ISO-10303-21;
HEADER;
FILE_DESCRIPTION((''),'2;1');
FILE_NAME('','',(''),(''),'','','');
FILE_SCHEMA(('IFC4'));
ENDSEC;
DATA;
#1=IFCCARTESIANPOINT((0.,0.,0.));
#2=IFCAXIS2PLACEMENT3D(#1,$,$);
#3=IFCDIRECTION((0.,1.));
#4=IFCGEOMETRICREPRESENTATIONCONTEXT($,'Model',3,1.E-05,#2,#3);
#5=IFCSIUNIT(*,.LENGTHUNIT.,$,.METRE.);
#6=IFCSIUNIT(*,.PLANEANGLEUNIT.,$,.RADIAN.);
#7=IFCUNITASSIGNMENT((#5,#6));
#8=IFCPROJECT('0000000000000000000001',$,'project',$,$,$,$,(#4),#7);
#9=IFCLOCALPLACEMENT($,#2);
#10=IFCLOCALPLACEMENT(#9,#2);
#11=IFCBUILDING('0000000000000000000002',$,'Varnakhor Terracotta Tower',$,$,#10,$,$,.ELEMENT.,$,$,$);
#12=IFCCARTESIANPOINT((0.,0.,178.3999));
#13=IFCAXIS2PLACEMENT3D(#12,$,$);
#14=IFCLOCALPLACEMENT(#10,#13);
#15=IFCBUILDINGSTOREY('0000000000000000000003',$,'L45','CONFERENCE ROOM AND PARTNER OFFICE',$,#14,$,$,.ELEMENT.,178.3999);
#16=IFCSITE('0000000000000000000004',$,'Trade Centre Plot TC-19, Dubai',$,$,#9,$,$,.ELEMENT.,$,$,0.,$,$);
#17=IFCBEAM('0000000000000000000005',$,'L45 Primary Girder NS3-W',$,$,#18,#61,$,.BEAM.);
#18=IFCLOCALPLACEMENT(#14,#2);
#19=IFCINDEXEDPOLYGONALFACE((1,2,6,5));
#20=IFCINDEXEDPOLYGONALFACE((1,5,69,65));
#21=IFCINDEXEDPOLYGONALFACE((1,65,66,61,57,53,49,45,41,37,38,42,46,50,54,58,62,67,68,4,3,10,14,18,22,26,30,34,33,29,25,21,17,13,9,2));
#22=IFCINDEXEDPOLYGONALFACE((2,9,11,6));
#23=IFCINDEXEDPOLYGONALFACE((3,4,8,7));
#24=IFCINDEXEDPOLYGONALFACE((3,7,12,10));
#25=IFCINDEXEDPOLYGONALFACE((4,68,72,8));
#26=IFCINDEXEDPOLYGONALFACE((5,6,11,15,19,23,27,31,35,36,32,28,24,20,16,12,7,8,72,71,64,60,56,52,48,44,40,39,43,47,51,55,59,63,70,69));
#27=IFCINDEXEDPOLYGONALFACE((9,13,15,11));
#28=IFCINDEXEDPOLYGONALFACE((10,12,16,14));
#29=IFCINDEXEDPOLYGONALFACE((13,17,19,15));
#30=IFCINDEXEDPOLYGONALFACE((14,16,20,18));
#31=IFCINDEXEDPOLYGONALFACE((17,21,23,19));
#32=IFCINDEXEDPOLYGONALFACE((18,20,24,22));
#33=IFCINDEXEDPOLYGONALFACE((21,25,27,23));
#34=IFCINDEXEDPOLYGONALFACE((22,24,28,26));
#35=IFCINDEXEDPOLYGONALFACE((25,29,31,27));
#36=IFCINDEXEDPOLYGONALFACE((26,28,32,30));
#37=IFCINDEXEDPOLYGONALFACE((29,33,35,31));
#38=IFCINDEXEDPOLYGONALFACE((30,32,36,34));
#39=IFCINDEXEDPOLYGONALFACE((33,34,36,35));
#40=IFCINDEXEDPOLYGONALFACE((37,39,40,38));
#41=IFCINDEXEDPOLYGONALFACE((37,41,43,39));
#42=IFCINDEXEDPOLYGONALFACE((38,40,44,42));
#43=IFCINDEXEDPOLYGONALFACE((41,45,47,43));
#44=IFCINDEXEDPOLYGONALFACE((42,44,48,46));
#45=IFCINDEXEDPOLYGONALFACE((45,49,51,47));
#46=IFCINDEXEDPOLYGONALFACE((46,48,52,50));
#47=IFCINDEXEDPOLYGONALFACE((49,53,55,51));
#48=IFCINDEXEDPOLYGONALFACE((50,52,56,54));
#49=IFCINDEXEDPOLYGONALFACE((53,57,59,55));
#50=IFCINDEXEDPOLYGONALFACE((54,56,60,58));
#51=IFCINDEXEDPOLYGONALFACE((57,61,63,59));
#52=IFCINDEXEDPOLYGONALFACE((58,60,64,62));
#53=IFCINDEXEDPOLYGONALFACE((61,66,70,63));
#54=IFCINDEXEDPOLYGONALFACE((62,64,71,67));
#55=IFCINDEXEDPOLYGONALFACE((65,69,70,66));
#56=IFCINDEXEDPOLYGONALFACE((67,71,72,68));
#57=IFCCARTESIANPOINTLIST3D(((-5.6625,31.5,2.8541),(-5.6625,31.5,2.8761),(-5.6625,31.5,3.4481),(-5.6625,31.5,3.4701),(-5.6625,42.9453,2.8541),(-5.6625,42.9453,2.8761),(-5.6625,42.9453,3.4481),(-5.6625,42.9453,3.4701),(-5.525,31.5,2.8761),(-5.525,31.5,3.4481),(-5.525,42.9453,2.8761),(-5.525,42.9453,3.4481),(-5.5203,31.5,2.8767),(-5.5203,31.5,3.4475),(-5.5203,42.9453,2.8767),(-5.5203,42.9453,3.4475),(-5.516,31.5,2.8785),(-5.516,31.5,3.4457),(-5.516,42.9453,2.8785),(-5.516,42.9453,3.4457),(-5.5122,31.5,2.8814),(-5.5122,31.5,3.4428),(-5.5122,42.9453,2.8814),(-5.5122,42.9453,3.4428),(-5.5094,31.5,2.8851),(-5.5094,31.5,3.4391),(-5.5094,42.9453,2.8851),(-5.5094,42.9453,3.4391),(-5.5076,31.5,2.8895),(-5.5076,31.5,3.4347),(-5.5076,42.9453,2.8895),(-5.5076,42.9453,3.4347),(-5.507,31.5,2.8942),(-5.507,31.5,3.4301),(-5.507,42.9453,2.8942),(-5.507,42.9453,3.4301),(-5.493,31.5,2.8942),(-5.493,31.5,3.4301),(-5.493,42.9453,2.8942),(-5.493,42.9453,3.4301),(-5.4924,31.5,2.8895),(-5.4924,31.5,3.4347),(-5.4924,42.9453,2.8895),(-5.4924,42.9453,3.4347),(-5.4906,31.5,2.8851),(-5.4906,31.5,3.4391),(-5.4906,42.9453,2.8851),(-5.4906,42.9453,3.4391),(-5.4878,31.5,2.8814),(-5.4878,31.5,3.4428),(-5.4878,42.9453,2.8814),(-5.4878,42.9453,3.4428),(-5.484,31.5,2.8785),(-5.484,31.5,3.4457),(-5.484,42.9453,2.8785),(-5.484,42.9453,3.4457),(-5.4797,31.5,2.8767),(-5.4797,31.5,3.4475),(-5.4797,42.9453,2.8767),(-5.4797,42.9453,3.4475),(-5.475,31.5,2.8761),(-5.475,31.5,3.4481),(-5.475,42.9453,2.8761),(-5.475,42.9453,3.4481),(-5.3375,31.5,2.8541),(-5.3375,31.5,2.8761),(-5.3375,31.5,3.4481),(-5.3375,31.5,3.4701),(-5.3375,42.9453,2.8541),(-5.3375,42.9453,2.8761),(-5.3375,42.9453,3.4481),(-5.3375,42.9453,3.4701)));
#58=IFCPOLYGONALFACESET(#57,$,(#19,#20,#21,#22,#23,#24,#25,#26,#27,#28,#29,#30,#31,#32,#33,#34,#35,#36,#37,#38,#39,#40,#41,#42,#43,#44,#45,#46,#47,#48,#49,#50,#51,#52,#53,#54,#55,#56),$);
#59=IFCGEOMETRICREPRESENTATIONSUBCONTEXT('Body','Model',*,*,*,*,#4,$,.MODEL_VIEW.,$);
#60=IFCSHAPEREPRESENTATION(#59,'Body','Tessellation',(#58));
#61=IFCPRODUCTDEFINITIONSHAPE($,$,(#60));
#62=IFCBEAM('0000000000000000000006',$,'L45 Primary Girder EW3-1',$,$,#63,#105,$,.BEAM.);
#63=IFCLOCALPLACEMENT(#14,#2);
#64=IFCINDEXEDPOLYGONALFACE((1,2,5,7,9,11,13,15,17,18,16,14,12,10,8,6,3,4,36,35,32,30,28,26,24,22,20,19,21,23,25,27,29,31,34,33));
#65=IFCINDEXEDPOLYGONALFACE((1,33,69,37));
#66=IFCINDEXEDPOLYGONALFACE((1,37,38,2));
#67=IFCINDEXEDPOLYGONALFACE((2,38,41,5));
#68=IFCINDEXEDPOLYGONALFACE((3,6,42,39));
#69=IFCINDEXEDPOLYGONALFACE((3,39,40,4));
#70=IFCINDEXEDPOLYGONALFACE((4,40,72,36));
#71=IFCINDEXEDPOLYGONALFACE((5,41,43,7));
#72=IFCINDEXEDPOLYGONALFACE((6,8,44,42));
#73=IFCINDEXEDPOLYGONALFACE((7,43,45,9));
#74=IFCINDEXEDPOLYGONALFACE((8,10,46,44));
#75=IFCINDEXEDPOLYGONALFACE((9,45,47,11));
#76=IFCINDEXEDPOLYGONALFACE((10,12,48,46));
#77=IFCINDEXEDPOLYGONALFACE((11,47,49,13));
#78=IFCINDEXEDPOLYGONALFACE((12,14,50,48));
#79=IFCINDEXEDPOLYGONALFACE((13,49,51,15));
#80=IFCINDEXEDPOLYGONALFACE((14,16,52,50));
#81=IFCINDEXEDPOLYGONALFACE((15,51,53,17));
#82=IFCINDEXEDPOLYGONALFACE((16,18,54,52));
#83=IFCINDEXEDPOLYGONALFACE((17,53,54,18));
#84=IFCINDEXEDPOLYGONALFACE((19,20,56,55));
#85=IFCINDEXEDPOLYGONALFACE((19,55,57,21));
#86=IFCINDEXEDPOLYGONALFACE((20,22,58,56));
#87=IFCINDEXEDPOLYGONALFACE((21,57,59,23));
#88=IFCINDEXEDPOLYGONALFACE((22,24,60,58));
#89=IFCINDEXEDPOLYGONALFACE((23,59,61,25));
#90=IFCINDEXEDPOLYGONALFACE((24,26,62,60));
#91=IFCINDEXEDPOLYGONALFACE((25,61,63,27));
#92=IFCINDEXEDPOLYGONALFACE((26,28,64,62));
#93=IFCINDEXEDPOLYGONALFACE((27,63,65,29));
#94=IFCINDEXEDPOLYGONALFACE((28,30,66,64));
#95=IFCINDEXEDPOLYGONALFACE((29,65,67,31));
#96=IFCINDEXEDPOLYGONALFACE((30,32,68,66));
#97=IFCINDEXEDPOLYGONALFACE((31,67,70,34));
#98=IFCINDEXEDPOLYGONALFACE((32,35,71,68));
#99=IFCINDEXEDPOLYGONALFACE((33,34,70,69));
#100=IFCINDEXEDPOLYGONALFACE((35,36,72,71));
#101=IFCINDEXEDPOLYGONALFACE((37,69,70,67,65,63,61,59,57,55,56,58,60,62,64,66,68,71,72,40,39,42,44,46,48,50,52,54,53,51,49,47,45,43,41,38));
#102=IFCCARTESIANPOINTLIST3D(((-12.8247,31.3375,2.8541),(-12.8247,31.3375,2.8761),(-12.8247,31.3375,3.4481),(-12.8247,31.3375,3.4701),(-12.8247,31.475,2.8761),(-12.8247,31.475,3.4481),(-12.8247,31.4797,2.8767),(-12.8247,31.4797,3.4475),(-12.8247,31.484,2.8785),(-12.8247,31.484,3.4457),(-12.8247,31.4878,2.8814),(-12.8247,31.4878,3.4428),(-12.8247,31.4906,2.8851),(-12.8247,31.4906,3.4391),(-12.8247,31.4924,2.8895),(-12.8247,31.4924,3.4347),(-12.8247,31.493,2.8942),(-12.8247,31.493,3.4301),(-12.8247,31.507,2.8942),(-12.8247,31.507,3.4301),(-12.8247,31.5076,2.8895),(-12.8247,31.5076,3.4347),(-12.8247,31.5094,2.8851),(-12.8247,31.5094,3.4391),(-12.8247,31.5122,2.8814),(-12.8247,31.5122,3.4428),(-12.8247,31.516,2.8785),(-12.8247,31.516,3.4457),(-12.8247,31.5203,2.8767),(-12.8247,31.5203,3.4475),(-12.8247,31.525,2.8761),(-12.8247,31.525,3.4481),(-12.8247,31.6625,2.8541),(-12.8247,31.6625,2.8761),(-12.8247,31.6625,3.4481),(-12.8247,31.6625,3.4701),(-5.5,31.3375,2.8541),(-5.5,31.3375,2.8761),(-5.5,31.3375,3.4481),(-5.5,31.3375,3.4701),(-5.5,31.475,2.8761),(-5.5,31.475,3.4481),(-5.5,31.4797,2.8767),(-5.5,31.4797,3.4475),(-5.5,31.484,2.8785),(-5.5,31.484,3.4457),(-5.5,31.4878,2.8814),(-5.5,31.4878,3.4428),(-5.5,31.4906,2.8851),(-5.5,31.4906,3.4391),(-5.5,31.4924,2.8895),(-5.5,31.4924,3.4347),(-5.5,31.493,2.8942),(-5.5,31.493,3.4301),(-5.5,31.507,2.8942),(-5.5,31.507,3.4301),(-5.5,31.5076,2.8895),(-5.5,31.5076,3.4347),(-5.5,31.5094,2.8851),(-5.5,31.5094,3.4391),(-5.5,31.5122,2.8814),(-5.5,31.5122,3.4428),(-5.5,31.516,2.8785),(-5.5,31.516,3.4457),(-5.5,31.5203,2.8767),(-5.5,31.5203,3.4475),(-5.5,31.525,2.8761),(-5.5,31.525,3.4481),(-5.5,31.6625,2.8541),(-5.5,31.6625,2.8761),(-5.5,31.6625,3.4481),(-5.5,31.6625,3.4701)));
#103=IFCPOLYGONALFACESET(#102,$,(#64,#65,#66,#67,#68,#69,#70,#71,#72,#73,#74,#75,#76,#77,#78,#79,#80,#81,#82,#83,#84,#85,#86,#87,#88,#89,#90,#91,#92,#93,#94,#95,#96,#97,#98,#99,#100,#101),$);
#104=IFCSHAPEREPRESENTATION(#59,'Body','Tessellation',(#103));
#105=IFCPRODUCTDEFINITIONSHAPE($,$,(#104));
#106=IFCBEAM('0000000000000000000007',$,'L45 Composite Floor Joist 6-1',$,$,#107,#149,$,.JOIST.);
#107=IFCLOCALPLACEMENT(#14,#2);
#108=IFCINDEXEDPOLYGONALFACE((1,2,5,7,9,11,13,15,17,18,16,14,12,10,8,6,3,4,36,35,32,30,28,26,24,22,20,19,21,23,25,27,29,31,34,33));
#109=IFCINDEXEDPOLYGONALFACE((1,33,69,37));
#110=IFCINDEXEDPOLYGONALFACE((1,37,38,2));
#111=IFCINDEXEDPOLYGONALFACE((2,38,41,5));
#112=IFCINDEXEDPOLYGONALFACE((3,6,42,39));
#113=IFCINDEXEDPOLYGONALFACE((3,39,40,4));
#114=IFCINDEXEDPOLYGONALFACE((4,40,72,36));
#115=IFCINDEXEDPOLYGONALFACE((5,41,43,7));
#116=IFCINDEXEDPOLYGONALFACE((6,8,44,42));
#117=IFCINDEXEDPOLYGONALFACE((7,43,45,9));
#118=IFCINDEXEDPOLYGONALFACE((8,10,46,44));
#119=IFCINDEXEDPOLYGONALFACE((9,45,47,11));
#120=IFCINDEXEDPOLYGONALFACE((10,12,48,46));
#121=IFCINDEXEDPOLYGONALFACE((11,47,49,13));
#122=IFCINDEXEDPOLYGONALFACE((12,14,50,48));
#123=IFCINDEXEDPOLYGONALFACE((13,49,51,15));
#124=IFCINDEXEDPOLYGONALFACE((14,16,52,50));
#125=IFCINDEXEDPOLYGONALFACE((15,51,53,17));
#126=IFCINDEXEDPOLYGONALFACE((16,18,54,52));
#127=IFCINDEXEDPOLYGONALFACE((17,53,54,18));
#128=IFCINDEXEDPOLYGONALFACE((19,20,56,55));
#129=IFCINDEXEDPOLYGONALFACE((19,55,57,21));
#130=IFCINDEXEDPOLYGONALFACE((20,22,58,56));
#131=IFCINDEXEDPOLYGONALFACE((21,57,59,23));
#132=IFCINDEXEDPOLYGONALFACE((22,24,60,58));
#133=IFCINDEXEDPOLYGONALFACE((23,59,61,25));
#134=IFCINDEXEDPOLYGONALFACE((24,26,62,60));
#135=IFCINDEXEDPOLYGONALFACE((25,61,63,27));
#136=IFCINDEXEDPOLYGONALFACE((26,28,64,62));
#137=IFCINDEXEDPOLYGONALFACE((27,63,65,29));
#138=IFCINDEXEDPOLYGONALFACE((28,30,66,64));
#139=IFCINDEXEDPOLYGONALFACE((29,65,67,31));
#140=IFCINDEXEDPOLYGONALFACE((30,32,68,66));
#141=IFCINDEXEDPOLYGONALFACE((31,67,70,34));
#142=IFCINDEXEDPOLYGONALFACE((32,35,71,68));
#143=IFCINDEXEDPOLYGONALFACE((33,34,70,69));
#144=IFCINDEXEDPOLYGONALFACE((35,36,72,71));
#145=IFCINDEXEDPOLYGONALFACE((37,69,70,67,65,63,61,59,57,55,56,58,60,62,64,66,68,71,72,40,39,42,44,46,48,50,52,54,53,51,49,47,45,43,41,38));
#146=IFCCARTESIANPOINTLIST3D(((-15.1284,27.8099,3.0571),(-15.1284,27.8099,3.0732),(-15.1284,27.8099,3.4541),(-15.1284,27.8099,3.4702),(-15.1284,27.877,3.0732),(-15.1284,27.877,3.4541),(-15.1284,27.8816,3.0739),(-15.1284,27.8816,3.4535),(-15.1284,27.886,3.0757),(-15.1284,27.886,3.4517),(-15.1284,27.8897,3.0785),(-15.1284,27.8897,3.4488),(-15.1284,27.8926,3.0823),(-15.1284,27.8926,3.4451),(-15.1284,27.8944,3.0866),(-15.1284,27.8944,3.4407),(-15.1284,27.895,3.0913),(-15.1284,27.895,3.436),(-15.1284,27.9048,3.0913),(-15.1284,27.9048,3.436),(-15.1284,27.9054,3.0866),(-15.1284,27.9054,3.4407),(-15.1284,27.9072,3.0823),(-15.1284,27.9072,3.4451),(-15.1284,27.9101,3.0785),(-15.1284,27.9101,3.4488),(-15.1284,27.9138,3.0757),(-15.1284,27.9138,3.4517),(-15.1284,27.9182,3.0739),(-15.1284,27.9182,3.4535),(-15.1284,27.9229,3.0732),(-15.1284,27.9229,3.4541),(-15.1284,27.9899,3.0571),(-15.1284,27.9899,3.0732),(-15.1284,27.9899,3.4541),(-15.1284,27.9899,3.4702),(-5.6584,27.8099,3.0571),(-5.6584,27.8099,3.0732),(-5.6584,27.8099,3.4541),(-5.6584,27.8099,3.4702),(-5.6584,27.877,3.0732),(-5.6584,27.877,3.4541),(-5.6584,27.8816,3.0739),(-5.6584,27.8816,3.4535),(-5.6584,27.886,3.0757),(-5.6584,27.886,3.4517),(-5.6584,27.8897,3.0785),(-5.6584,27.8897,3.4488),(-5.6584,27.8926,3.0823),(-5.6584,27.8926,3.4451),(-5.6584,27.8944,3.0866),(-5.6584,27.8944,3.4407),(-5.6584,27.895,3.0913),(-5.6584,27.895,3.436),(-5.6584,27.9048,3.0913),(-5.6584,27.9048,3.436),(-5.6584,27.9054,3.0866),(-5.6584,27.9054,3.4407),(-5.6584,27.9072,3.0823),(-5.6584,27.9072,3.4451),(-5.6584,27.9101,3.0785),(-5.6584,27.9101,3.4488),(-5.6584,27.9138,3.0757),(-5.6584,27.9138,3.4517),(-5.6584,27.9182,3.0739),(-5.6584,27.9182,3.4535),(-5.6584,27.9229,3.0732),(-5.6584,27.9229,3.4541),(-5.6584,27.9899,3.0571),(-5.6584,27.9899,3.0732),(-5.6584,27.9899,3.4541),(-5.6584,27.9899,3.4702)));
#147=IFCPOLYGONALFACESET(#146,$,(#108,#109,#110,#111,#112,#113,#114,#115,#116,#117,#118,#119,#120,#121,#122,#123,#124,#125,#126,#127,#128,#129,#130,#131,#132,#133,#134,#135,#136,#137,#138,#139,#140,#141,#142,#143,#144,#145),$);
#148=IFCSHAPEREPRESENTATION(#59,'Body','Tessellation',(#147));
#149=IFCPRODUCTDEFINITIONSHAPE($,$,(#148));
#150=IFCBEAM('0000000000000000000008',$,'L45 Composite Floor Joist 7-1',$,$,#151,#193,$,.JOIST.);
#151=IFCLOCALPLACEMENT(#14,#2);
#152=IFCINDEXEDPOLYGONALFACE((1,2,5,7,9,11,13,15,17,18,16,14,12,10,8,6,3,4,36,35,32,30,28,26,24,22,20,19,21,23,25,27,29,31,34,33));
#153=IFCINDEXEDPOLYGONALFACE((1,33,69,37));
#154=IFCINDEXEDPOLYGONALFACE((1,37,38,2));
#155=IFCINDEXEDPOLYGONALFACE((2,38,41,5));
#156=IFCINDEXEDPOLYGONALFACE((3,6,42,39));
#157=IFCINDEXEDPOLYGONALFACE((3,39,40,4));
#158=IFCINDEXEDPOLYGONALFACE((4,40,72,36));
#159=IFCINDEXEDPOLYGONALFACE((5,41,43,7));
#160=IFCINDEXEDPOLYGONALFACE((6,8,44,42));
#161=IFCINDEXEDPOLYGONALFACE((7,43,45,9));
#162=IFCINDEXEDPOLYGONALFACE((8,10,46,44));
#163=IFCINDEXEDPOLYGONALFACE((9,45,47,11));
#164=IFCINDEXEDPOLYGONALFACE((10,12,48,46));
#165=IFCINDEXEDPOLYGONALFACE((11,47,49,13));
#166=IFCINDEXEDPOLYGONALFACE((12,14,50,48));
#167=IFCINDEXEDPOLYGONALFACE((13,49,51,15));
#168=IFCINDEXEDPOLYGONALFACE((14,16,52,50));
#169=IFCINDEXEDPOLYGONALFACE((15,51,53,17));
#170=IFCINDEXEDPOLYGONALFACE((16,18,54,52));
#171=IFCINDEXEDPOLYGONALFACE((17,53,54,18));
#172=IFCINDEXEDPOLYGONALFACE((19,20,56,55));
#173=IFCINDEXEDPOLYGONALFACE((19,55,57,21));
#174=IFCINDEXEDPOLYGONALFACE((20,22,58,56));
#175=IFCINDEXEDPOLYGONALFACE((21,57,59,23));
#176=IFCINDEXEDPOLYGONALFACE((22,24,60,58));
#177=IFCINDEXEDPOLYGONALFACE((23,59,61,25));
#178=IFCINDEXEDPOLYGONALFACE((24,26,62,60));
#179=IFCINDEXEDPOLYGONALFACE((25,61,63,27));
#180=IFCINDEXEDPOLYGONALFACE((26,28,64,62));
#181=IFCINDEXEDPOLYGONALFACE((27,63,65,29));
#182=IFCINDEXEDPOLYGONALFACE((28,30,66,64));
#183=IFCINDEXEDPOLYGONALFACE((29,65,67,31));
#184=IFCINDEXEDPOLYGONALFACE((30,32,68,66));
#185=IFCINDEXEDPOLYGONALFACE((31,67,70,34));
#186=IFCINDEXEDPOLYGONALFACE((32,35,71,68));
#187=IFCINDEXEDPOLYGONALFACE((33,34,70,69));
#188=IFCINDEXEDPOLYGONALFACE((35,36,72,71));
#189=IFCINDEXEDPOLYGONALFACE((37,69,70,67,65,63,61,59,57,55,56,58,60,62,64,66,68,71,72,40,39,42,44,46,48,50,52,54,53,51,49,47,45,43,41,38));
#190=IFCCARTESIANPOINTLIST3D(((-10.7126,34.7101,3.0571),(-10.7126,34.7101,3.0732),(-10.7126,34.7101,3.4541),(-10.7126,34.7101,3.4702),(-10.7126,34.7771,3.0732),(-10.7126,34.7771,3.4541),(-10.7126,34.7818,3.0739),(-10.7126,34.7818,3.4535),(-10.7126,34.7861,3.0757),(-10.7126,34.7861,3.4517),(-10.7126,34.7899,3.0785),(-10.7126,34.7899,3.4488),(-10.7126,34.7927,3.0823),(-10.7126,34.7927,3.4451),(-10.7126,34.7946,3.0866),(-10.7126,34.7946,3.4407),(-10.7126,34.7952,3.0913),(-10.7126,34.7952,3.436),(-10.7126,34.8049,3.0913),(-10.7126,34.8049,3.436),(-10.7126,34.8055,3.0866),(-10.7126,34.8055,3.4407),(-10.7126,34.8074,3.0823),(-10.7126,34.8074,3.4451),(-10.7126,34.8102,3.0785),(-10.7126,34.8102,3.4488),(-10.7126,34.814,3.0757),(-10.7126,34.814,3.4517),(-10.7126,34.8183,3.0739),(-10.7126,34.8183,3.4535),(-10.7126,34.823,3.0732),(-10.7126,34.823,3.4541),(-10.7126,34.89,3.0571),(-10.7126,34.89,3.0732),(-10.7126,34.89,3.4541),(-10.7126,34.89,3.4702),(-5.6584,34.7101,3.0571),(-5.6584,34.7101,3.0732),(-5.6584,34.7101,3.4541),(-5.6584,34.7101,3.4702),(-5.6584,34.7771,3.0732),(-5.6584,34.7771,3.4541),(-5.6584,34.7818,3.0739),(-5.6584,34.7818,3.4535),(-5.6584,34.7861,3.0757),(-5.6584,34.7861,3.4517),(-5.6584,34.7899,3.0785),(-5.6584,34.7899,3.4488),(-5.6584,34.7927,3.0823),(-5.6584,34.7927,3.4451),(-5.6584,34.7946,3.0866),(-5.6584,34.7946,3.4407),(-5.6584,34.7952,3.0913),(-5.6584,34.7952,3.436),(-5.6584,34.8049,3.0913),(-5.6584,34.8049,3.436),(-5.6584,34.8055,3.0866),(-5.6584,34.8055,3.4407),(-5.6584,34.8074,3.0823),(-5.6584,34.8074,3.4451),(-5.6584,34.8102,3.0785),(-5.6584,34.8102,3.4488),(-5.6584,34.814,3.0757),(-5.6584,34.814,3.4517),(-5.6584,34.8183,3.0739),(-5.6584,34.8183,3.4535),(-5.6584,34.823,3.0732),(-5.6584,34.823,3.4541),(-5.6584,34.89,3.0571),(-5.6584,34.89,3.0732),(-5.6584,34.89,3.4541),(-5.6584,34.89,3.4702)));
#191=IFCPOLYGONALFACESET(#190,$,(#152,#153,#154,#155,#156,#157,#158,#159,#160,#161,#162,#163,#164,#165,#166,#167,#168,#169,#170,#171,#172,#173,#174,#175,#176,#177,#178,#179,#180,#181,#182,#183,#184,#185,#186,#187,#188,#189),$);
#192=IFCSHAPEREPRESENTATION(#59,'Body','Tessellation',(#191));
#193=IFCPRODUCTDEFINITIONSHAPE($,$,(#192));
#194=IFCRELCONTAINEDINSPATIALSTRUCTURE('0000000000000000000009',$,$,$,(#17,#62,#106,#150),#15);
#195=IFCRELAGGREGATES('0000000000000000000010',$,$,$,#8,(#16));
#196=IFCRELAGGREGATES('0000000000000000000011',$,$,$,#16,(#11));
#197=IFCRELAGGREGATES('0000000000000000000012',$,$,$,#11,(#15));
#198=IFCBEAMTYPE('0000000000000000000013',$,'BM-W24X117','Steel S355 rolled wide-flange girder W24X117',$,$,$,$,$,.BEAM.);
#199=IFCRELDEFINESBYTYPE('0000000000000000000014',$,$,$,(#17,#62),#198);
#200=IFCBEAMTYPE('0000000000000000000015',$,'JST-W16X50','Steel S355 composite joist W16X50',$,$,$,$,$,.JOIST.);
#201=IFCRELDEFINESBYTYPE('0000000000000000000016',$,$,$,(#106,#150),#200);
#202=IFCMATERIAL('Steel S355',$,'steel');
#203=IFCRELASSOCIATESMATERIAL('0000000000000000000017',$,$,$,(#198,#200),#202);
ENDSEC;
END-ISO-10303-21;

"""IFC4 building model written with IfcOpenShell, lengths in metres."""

from ifc_helpers import new_model, si_unit, direction, frame, origin, origin_2d, place, context, subcontext, project, spatial, i_section, extrude, source, transform, mapped, material, material_profile, profile_set, type_object, element, save


model = new_model("IFC4")

# Units and contexts
model_context = context("Model", 3, precision=1e-05, world=origin(), true_north=direction((0.0, 1.0)))
body_context = subcontext(model_context, "Body", "Model", "MODEL_VIEW")
ifc_project = project(units=[si_unit("LENGTHUNIT", "METRE"), si_unit("PLANEANGLEUNIT", "RADIAN")], contexts=[model_context])

# Site, building, storey
site_placement = place(None, origin())
site = spatial("IfcSite", under=ifc_project, at=site_placement, Name="Trade Centre Plot TC-19, Dubai", CompositionType="ELEMENT", RefElevation=0.0)
building_placement = place(site_placement, origin())
building = spatial("IfcBuilding", under=site, at=building_placement, Name="Varnakhor Terracotta Tower", CompositionType="ELEMENT")
storey_placement = place(building_placement, frame((0.0, 0.0, 178.3999)))
storey = spatial("IfcBuildingStorey", under=building, at=storey_placement, Name="L45", Description="CONFERENCE ROOM AND PARTNER OFFICE", CompositionType="ELEMENT", Elevation=178.3999)

# Beams
ifc_material_1 = material(Name="Steel S355", Category="steel")
ifc_material_profile_1 = material_profile(ifc_material_1, i_section(OverallWidth=0.325, OverallDepth=0.616, WebThickness=0.0139, FlangeThickness=0.022, FilletRadius=0.0181, at=origin_2d()), Name="W24X117")
ifc_profile_set_1 = profile_set([ifc_material_profile_1], Name="Steel S355")
beam_type_1 = type_object("IfcBeamType", Name="BM-W24X117", Description="Steel S355 rolled wide-flange girder W24X117", PredefinedType="BEAM", material=ifc_profile_set_1)
ifc_material_profile_2 = material_profile(ifc_material_1, i_section(OverallWidth=0.1799, OverallDepth=0.4131, WebThickness=0.0098, FlangeThickness=0.0161, FilletRadius=0.0181, at=origin_2d()), Name="W16X50")
ifc_profile_set_2 = profile_set([ifc_material_profile_2], Name="Steel S355")
beam_type_2 = type_object("IfcBeamType", Name="JST-W16X50", Description="Steel S355 composite joist W16X50", PredefinedType="JOIST", material=ifc_profile_set_2)
shared_shape_1 = source(origin(), body_context, "Body", "SweptSolid", [
    extrude(i_section(OverallWidth=0.325, OverallDepth=0.616, WebThickness=0.0139, FlangeThickness=0.022, FilletRadius=0.0181, at=origin_2d()), origin(), (0.0, 0.0, 1.0), 11.4453),
])
beam_1_placement = place(storey_placement, frame((-5.5, 31.5, 3.1621), z_axis=(0.0, 1.0, 0.0), x_axis=(-1.0, 0.0, 0.0)))
element("IfcBeam", 1, at=beam_1_placement, inside=storey, type_object=beam_type_1, Name="L45 Primary Girder NS3-W", PredefinedType="BEAM", context=body_context, shape_type="MappedRepresentation", body=[
    mapped(shared_shape_1, transform((0.0, 0.0, 0.0), scale=1.0)),
])
shared_shape_2 = source(origin(), body_context, "Body", "SweptSolid", [
    extrude(i_section(OverallWidth=0.325, OverallDepth=0.616, WebThickness=0.0139, FlangeThickness=0.022, FilletRadius=0.0181, at=origin_2d()), origin(), (0.0, 0.0, 1.0), 7.3247),
])
beam_2_placement = place(storey_placement, frame((-12.8247, 31.5, 3.1621), z_axis=(1.0, 0.0, 0.0), x_axis=(0.0, 1.0, 0.0)))
element("IfcBeam", 2, at=beam_2_placement, inside=storey, type_object=beam_type_1, Name="L45 Primary Girder EW3-1", PredefinedType="BEAM", context=body_context, shape_type="MappedRepresentation", body=[
    mapped(shared_shape_2, transform((0.0, 0.0, 0.0), scale=1.0)),
])
shared_shape_3 = source(origin(), body_context, "Body", "SweptSolid", [
    extrude(i_section(OverallWidth=0.1799, OverallDepth=0.4131, WebThickness=0.0098, FlangeThickness=0.0161, FilletRadius=0.0181, at=origin_2d()), origin(), (0.0, 0.0, 1.0), 9.47),
])
beam_3_placement = place(storey_placement, frame((-15.1284, 27.8999, 3.2637), z_axis=(1.0, 0.0, 0.0), x_axis=(0.0, 1.0, 0.0)))
element("IfcBeam", 3, at=beam_3_placement, inside=storey, type_object=beam_type_2, Name="L45 Composite Floor Joist 6-1", PredefinedType="JOIST", context=body_context, shape_type="MappedRepresentation", body=[
    mapped(shared_shape_3, transform((0.0, 0.0, 0.0), scale=1.0)),
])
shared_shape_4 = source(origin(), body_context, "Body", "SweptSolid", [
    extrude(i_section(OverallWidth=0.1799, OverallDepth=0.4131, WebThickness=0.0098, FlangeThickness=0.0161, FilletRadius=0.0181, at=origin_2d()), origin(), (0.0, 0.0, 1.0), 5.0542),
])
beam_4_placement = place(storey_placement, frame((-10.7126, 34.8, 3.2637), z_axis=(1.0, 0.0, 0.0), x_axis=(0.0, 1.0, 0.0)))
element("IfcBeam", 4, at=beam_4_placement, inside=storey, type_object=beam_type_2, Name="L45 Composite Floor Joist 7-1", PredefinedType="JOIST", context=body_context, shape_type="MappedRepresentation", body=[
    mapped(shared_shape_4, transform((0.0, 0.0, 0.0), scale=1.0)),
])

save(model, "model.ifc")
